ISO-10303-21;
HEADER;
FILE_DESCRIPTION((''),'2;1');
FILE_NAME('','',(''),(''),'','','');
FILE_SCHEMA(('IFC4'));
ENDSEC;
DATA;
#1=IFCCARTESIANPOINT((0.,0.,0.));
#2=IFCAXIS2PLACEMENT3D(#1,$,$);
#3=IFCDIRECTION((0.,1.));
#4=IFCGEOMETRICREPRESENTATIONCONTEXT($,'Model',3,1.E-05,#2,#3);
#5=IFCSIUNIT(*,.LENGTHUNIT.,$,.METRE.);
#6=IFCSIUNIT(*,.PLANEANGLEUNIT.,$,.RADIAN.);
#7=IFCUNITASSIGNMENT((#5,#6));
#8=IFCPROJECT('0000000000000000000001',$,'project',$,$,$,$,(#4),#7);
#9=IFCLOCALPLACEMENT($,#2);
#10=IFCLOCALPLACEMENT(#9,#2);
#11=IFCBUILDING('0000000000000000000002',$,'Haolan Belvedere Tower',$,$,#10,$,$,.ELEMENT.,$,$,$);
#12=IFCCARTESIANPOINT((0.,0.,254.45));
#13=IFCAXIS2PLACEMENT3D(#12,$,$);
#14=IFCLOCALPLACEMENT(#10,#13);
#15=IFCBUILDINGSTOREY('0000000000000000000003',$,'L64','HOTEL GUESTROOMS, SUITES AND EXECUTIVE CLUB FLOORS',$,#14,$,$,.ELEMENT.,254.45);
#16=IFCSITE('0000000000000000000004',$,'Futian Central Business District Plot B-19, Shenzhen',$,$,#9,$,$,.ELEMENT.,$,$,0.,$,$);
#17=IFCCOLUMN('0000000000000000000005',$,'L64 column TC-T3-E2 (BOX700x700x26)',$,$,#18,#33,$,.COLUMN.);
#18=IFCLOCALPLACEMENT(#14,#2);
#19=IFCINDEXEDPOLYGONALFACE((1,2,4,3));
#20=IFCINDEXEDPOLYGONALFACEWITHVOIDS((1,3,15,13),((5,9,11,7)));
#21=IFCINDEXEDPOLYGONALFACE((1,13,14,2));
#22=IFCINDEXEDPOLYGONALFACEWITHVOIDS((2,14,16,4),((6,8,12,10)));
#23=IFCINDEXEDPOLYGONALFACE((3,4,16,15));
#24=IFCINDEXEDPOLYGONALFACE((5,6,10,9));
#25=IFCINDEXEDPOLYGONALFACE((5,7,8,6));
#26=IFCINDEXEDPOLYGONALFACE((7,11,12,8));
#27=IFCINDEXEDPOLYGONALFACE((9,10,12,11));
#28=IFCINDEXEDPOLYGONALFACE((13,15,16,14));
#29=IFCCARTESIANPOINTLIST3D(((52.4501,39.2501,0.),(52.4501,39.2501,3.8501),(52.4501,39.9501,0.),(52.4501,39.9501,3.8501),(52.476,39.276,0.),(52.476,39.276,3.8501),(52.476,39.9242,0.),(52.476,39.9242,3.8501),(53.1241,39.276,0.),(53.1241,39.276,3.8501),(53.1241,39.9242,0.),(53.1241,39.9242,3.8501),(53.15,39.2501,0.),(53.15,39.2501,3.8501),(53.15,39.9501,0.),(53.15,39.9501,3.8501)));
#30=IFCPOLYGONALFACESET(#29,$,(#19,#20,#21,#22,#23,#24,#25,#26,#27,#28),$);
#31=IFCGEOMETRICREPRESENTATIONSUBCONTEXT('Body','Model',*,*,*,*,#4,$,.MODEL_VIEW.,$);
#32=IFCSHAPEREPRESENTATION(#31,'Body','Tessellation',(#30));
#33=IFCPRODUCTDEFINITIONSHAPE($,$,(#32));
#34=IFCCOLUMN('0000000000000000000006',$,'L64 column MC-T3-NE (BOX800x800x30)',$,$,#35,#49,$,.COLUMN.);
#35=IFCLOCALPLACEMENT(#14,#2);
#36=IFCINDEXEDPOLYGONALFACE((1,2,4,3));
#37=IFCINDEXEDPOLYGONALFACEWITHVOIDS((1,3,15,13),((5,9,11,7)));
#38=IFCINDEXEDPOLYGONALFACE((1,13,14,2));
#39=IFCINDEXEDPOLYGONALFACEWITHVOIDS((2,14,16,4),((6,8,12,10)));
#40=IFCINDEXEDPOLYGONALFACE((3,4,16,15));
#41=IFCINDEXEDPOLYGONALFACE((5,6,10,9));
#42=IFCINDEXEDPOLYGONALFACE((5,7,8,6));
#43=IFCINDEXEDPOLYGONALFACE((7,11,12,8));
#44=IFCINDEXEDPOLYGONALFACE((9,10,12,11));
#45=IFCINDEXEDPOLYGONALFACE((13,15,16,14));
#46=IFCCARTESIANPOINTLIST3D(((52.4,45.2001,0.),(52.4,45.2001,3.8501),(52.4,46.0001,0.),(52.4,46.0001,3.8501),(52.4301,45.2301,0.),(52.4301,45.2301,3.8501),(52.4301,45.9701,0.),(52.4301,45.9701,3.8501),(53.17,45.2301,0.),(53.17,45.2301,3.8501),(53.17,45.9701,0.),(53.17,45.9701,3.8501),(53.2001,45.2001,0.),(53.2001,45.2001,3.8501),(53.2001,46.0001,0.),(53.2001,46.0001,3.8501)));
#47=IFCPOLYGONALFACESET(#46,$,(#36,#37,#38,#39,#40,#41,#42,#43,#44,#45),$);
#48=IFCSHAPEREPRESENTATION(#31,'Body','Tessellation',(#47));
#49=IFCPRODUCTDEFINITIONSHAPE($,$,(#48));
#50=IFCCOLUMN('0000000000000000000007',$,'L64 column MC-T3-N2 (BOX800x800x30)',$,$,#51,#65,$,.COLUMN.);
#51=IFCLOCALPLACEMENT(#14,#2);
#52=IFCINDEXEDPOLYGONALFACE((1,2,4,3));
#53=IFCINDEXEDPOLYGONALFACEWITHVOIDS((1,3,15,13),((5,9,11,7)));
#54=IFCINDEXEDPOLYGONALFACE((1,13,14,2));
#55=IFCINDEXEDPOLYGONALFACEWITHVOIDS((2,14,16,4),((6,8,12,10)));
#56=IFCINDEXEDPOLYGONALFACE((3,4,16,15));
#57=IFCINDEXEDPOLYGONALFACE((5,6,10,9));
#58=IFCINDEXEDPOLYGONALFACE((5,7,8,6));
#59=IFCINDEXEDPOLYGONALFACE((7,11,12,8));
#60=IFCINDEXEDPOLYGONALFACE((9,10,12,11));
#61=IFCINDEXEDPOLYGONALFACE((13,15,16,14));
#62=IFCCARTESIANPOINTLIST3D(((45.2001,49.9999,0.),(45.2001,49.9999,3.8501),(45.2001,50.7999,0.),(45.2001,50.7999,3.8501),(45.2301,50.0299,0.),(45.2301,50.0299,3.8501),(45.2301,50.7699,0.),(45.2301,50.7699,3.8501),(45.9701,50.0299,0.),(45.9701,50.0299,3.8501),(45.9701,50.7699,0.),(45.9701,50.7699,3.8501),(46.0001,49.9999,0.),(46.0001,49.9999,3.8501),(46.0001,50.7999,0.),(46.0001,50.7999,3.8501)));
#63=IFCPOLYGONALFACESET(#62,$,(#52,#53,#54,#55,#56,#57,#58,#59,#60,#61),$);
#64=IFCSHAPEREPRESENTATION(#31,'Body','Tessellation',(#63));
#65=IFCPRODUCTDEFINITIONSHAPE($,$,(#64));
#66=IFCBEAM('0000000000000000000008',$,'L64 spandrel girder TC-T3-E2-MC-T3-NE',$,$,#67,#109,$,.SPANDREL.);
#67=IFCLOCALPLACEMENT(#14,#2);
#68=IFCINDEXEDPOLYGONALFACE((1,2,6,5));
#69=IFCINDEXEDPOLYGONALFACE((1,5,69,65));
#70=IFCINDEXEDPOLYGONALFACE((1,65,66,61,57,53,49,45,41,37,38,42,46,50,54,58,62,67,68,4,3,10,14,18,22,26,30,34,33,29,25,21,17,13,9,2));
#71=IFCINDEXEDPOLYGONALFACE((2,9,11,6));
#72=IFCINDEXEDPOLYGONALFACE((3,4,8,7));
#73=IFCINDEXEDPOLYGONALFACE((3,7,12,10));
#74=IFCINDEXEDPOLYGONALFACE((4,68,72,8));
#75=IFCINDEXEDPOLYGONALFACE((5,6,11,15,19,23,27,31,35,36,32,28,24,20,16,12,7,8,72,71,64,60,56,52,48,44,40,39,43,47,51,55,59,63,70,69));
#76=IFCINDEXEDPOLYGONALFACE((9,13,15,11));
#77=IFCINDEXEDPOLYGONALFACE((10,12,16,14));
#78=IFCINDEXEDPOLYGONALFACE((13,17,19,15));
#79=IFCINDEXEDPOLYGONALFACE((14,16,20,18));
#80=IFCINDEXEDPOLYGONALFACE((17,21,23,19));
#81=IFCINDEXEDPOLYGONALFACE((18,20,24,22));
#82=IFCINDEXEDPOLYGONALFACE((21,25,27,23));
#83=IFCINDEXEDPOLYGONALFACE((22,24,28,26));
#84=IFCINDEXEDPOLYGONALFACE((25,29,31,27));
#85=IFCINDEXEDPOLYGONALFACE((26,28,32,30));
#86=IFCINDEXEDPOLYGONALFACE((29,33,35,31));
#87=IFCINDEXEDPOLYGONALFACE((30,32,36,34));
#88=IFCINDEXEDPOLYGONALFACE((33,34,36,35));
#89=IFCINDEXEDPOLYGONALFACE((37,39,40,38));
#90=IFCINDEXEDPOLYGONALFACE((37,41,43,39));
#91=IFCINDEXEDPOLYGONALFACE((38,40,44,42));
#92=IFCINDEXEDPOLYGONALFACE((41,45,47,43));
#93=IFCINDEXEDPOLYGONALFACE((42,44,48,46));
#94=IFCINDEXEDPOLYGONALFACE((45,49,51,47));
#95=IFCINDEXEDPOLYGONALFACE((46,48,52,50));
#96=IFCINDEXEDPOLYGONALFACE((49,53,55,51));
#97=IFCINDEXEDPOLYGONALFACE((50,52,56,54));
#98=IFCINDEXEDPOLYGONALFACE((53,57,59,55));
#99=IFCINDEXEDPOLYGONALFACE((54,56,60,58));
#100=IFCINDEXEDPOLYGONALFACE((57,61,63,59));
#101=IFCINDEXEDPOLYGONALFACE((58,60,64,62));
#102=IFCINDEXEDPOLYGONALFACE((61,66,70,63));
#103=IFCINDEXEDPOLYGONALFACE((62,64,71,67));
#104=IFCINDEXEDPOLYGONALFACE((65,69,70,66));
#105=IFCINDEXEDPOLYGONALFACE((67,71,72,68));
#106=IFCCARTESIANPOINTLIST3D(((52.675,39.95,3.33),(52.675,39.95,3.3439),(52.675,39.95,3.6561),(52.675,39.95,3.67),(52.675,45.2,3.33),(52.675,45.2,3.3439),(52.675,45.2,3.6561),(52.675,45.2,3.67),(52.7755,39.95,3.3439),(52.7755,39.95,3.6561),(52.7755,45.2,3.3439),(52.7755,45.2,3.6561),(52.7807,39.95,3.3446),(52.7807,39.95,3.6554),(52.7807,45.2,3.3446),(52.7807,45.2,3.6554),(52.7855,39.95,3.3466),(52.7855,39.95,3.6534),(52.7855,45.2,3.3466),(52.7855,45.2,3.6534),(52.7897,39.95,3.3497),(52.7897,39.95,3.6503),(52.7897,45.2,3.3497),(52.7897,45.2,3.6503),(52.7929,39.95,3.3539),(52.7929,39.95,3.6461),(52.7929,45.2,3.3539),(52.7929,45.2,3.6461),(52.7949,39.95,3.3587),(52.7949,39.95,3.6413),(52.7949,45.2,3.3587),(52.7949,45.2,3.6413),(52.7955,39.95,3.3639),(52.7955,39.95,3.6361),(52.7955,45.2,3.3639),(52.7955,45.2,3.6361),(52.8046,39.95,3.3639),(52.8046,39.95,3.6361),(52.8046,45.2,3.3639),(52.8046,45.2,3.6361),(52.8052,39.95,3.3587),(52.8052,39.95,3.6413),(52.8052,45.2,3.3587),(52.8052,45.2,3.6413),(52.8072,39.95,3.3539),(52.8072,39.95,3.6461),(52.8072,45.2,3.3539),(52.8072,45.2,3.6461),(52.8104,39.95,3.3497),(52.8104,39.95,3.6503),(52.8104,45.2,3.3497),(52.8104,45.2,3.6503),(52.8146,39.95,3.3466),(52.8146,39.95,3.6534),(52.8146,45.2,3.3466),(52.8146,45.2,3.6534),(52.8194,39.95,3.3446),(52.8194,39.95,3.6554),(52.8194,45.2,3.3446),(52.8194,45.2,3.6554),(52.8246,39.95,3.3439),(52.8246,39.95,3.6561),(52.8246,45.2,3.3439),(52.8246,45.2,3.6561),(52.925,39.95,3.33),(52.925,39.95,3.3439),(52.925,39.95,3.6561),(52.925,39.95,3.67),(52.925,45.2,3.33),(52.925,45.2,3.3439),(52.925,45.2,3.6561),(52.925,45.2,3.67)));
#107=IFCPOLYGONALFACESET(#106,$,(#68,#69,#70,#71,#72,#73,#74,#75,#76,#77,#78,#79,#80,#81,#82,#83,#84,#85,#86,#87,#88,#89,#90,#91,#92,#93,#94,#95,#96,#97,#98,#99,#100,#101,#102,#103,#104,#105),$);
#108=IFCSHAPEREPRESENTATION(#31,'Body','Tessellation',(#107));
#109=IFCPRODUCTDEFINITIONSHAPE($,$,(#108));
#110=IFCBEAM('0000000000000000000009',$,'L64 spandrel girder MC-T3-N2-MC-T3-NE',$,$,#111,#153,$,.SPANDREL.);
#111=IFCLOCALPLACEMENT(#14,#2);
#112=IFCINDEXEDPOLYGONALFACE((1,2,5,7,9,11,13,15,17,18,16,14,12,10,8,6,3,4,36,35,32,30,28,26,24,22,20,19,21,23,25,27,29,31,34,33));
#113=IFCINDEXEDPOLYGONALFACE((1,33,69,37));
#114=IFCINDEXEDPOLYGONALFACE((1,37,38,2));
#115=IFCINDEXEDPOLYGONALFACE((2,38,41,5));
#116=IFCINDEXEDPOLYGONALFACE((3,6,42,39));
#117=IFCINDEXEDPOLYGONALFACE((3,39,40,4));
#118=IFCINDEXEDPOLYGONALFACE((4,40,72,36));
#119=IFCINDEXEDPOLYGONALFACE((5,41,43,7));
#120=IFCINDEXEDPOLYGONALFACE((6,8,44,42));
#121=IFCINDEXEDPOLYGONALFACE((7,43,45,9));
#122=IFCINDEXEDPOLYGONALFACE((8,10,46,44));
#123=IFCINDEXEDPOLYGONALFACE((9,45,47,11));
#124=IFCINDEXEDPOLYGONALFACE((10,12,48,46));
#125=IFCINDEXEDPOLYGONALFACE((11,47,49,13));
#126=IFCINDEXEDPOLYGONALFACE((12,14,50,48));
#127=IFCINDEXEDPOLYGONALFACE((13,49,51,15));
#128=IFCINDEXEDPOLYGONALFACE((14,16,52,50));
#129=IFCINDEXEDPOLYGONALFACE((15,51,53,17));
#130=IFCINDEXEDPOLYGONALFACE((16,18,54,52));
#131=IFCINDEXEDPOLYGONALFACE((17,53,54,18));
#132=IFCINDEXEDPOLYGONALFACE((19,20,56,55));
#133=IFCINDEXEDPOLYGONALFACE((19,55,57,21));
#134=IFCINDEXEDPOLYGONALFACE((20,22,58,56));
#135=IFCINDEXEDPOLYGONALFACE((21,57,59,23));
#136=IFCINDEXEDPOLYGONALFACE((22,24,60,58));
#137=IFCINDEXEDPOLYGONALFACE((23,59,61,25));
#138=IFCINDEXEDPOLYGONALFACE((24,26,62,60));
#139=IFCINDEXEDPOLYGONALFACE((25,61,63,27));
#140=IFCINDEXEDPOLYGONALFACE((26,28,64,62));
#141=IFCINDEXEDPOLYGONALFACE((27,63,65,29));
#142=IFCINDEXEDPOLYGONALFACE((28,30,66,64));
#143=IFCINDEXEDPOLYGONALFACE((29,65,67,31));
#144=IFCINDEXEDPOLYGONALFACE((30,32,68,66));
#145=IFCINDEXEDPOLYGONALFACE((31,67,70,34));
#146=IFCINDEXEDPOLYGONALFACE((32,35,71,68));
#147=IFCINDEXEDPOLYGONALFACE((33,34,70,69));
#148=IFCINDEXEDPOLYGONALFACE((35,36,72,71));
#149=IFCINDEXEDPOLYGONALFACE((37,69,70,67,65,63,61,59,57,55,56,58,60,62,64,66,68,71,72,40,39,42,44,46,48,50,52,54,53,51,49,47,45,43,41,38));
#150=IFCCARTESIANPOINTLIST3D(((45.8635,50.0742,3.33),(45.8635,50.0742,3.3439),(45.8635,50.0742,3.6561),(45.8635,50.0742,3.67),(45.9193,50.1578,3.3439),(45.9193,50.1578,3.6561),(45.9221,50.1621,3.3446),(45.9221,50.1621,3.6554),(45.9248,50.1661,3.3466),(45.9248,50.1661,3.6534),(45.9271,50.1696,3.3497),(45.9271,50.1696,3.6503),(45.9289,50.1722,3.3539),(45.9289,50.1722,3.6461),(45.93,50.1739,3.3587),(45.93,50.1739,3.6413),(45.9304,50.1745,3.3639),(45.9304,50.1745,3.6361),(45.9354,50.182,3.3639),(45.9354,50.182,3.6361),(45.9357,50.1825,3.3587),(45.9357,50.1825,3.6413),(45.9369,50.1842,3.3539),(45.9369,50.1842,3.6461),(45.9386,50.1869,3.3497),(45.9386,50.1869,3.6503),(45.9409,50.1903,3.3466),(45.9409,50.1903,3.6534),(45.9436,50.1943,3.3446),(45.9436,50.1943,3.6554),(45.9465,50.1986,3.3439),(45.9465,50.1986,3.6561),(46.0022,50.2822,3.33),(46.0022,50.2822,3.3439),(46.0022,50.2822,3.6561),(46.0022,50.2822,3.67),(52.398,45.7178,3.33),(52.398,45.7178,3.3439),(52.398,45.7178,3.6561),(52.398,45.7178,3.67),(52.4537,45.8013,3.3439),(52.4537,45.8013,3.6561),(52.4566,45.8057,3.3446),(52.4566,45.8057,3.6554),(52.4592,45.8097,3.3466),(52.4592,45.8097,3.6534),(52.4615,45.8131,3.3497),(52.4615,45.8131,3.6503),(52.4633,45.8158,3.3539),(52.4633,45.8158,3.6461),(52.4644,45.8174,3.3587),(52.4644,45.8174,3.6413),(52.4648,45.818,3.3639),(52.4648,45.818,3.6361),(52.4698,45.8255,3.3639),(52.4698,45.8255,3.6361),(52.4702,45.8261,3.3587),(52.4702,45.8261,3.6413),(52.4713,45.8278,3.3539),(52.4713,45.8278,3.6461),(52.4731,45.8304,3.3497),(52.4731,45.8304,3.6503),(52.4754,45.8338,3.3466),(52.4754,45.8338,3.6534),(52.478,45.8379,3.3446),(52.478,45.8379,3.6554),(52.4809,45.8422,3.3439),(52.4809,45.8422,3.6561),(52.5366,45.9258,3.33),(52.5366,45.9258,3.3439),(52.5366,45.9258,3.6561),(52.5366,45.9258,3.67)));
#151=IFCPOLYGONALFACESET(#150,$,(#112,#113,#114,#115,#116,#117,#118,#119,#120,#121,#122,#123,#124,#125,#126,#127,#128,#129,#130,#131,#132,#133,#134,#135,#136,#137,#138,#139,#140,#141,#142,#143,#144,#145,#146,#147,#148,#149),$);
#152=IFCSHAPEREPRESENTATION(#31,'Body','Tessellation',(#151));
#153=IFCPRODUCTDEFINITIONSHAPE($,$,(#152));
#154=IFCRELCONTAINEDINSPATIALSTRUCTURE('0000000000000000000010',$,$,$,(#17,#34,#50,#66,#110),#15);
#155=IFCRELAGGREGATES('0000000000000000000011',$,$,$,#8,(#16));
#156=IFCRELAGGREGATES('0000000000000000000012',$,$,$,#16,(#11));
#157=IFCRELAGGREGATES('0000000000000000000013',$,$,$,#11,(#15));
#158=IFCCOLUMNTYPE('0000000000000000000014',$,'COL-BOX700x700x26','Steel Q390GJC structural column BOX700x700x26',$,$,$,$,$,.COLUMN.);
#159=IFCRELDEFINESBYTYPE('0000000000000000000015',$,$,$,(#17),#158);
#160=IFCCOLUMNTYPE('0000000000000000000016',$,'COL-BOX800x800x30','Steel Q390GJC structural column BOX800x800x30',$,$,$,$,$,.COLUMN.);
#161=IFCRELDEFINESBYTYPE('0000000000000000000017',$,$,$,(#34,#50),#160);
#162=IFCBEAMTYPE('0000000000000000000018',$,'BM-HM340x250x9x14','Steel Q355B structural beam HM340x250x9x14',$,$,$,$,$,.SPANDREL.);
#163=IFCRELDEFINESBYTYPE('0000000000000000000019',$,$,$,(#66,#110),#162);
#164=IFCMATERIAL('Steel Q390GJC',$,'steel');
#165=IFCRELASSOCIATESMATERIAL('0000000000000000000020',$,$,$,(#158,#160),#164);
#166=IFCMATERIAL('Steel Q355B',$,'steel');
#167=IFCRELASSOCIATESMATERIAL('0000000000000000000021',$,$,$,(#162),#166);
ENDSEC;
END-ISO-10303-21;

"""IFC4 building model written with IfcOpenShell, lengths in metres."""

from ifc_helpers import new_model, si_unit, direction, frame, origin, origin_2d, place, context, subcontext, project, spatial, hollow_rectangle, i_section, extrude, material, material_profile, profile_set, type_object, element, save


model = new_model("IFC4")

# Units and contexts
model_context = context("Model", 3, precision=1e-05, world=origin(), true_north=direction((0.0, 1.0)))
body_context = subcontext(model_context, "Body", "Model", "MODEL_VIEW")
ifc_project = project(units=[si_unit("LENGTHUNIT", "METRE"), si_unit("PLANEANGLEUNIT", "RADIAN")], contexts=[model_context])

# Site, building, storey
site_placement = place(None, origin())
site = spatial("IfcSite", under=ifc_project, at=site_placement, Name="Futian Central Business District Plot B-19, Shenzhen", CompositionType="ELEMENT", RefElevation=0.0)
building_placement = place(site_placement, origin())
building = spatial("IfcBuilding", under=site, at=building_placement, Name="Haolan Belvedere Tower", CompositionType="ELEMENT")
storey_placement = place(building_placement, frame((0.0, 0.0, 254.45)))
storey = spatial("IfcBuildingStorey", under=building, at=storey_placement, Name="L64", Description="HOTEL GUESTROOMS, SUITES AND EXECUTIVE CLUB FLOORS", CompositionType="ELEMENT", Elevation=254.45)

# Columns
ifc_material_1 = material(Name="Steel Q390GJC", Category="steel")
ifc_material_profile_1 = material_profile(ifc_material_1, hollow_rectangle(XDim=0.7, YDim=0.7, WallThickness=0.0259, at=origin_2d()), Name="Steel Q390GJC")
ifc_profile_set_1 = profile_set([ifc_material_profile_1], Name="Steel Q390GJC")
column_type_1 = type_object("IfcColumnType", Name="COL-BOX700x700x26", Description="Steel Q390GJC structural column BOX700x700x26", PredefinedType="COLUMN", material=ifc_profile_set_1)
column_placement = place(storey_placement, frame((52.8, 39.6001, 0.0), z_axis=(0.0, 0.0, 1.0), x_axis=(1.0, 0.0, 0.0)))
element("IfcColumn", 1, at=column_placement, inside=storey, type_object=column_type_1, Name="L64 column TC-T3-E2 (BOX700x700x26)", PredefinedType="COLUMN", context=body_context, shape_type="SweptSolid", body=[
    extrude(hollow_rectangle(XDim=0.7, YDim=0.7, WallThickness=0.0259, at=origin_2d()), origin(), (0.0, 0.0, 1.0), 3.8501),
])
ifc_material_profile_2 = material_profile(ifc_material_1, hollow_rectangle(XDim=0.8, YDim=0.8, WallThickness=0.03, at=origin_2d()), Name="Steel Q390GJC")
ifc_profile_set_2 = profile_set([ifc_material_profile_2], Name="Steel Q390GJC")
column_type_2 = type_object("IfcColumnType", Name="COL-BOX800x800x30", Description="Steel Q390GJC structural column BOX800x800x30", PredefinedType="COLUMN", material=ifc_profile_set_2)
for number, where, z_axis, x_axis, name in (
    (2, (52.8, 45.6001, 0.0), (0.0, 0.0, 1.0), (1.0, 0.0, 0.0), "L64 column MC-T3-NE (BOX800x800x30)"),
    (3, (45.6001, 50.3999, 0.0), (0.0, 0.0, 1.0), (1.0, 0.0, 0.0), "L64 column MC-T3-N2 (BOX800x800x30)"),
):
    element("IfcColumn", number, at=place(storey_placement, frame(where, z_axis=z_axis, x_axis=x_axis)), inside=storey, type_object=column_type_2, Name=name, PredefinedType="COLUMN", context=body_context, shape_type="SweptSolid", body=[
        extrude(hollow_rectangle(XDim=0.8, YDim=0.8, WallThickness=0.03, at=origin_2d()), origin(), (0.0, 0.0, 1.0), 3.8501),
    ])

# Beams
ifc_material_2 = material(Name="Steel Q355B", Category="steel")
ifc_material_profile_3 = material_profile(ifc_material_2, i_section(OverallWidth=0.25, OverallDepth=0.3401, WebThickness=0.009, FlangeThickness=0.0139, FilletRadius=0.02, at=origin_2d()), Name="Steel Q355B")
ifc_profile_set_3 = profile_set([ifc_material_profile_3], Name="Steel Q355B")
beam_type_1 = type_object("IfcBeamType", Name="BM-HM340x250x9x14", Description="Steel Q355B structural beam HM340x250x9x14", PredefinedType="SPANDREL", material=ifc_profile_set_3)
beam_1_placement = place(storey_placement, frame((52.8, 39.95, 3.5), z_axis=(0.0, 1.0, 0.0), x_axis=(-1.0, 0.0, 0.0)))
element("IfcBeam", 4, at=beam_1_placement, inside=storey, type_object=beam_type_1, Name="L64 spandrel girder TC-T3-E2-MC-T3-NE", PredefinedType="SPANDREL", context=body_context, shape_type="SweptSolid", body=[
    extrude(i_section(OverallWidth=0.25, OverallDepth=0.3401, WebThickness=0.009, FlangeThickness=0.0139, FilletRadius=0.02, at=origin_2d()), origin(), (0.0, 0.0, 1.0), 5.25),
])
beam_2_placement = place(storey_placement, frame((45.9329, 50.1782, 3.5), z_axis=(0.832041, -0.554715, 0.0), x_axis=(0.554715, 0.832041, 0.0)))
element("IfcBeam", 5, at=beam_2_placement, inside=storey, type_object=beam_type_1, Name="L64 spandrel girder MC-T3-N2-MC-T3-NE", PredefinedType="SPANDREL", context=body_context, shape_type="SweptSolid", body=[
    extrude(i_section(OverallWidth=0.25, OverallDepth=0.3401, WebThickness=0.009, FlangeThickness=0.0139, FilletRadius=0.02, at=origin_2d()), origin(), (0.0, 0.0, 1.0), 7.8535),
])

save(model, "model.ifc")
